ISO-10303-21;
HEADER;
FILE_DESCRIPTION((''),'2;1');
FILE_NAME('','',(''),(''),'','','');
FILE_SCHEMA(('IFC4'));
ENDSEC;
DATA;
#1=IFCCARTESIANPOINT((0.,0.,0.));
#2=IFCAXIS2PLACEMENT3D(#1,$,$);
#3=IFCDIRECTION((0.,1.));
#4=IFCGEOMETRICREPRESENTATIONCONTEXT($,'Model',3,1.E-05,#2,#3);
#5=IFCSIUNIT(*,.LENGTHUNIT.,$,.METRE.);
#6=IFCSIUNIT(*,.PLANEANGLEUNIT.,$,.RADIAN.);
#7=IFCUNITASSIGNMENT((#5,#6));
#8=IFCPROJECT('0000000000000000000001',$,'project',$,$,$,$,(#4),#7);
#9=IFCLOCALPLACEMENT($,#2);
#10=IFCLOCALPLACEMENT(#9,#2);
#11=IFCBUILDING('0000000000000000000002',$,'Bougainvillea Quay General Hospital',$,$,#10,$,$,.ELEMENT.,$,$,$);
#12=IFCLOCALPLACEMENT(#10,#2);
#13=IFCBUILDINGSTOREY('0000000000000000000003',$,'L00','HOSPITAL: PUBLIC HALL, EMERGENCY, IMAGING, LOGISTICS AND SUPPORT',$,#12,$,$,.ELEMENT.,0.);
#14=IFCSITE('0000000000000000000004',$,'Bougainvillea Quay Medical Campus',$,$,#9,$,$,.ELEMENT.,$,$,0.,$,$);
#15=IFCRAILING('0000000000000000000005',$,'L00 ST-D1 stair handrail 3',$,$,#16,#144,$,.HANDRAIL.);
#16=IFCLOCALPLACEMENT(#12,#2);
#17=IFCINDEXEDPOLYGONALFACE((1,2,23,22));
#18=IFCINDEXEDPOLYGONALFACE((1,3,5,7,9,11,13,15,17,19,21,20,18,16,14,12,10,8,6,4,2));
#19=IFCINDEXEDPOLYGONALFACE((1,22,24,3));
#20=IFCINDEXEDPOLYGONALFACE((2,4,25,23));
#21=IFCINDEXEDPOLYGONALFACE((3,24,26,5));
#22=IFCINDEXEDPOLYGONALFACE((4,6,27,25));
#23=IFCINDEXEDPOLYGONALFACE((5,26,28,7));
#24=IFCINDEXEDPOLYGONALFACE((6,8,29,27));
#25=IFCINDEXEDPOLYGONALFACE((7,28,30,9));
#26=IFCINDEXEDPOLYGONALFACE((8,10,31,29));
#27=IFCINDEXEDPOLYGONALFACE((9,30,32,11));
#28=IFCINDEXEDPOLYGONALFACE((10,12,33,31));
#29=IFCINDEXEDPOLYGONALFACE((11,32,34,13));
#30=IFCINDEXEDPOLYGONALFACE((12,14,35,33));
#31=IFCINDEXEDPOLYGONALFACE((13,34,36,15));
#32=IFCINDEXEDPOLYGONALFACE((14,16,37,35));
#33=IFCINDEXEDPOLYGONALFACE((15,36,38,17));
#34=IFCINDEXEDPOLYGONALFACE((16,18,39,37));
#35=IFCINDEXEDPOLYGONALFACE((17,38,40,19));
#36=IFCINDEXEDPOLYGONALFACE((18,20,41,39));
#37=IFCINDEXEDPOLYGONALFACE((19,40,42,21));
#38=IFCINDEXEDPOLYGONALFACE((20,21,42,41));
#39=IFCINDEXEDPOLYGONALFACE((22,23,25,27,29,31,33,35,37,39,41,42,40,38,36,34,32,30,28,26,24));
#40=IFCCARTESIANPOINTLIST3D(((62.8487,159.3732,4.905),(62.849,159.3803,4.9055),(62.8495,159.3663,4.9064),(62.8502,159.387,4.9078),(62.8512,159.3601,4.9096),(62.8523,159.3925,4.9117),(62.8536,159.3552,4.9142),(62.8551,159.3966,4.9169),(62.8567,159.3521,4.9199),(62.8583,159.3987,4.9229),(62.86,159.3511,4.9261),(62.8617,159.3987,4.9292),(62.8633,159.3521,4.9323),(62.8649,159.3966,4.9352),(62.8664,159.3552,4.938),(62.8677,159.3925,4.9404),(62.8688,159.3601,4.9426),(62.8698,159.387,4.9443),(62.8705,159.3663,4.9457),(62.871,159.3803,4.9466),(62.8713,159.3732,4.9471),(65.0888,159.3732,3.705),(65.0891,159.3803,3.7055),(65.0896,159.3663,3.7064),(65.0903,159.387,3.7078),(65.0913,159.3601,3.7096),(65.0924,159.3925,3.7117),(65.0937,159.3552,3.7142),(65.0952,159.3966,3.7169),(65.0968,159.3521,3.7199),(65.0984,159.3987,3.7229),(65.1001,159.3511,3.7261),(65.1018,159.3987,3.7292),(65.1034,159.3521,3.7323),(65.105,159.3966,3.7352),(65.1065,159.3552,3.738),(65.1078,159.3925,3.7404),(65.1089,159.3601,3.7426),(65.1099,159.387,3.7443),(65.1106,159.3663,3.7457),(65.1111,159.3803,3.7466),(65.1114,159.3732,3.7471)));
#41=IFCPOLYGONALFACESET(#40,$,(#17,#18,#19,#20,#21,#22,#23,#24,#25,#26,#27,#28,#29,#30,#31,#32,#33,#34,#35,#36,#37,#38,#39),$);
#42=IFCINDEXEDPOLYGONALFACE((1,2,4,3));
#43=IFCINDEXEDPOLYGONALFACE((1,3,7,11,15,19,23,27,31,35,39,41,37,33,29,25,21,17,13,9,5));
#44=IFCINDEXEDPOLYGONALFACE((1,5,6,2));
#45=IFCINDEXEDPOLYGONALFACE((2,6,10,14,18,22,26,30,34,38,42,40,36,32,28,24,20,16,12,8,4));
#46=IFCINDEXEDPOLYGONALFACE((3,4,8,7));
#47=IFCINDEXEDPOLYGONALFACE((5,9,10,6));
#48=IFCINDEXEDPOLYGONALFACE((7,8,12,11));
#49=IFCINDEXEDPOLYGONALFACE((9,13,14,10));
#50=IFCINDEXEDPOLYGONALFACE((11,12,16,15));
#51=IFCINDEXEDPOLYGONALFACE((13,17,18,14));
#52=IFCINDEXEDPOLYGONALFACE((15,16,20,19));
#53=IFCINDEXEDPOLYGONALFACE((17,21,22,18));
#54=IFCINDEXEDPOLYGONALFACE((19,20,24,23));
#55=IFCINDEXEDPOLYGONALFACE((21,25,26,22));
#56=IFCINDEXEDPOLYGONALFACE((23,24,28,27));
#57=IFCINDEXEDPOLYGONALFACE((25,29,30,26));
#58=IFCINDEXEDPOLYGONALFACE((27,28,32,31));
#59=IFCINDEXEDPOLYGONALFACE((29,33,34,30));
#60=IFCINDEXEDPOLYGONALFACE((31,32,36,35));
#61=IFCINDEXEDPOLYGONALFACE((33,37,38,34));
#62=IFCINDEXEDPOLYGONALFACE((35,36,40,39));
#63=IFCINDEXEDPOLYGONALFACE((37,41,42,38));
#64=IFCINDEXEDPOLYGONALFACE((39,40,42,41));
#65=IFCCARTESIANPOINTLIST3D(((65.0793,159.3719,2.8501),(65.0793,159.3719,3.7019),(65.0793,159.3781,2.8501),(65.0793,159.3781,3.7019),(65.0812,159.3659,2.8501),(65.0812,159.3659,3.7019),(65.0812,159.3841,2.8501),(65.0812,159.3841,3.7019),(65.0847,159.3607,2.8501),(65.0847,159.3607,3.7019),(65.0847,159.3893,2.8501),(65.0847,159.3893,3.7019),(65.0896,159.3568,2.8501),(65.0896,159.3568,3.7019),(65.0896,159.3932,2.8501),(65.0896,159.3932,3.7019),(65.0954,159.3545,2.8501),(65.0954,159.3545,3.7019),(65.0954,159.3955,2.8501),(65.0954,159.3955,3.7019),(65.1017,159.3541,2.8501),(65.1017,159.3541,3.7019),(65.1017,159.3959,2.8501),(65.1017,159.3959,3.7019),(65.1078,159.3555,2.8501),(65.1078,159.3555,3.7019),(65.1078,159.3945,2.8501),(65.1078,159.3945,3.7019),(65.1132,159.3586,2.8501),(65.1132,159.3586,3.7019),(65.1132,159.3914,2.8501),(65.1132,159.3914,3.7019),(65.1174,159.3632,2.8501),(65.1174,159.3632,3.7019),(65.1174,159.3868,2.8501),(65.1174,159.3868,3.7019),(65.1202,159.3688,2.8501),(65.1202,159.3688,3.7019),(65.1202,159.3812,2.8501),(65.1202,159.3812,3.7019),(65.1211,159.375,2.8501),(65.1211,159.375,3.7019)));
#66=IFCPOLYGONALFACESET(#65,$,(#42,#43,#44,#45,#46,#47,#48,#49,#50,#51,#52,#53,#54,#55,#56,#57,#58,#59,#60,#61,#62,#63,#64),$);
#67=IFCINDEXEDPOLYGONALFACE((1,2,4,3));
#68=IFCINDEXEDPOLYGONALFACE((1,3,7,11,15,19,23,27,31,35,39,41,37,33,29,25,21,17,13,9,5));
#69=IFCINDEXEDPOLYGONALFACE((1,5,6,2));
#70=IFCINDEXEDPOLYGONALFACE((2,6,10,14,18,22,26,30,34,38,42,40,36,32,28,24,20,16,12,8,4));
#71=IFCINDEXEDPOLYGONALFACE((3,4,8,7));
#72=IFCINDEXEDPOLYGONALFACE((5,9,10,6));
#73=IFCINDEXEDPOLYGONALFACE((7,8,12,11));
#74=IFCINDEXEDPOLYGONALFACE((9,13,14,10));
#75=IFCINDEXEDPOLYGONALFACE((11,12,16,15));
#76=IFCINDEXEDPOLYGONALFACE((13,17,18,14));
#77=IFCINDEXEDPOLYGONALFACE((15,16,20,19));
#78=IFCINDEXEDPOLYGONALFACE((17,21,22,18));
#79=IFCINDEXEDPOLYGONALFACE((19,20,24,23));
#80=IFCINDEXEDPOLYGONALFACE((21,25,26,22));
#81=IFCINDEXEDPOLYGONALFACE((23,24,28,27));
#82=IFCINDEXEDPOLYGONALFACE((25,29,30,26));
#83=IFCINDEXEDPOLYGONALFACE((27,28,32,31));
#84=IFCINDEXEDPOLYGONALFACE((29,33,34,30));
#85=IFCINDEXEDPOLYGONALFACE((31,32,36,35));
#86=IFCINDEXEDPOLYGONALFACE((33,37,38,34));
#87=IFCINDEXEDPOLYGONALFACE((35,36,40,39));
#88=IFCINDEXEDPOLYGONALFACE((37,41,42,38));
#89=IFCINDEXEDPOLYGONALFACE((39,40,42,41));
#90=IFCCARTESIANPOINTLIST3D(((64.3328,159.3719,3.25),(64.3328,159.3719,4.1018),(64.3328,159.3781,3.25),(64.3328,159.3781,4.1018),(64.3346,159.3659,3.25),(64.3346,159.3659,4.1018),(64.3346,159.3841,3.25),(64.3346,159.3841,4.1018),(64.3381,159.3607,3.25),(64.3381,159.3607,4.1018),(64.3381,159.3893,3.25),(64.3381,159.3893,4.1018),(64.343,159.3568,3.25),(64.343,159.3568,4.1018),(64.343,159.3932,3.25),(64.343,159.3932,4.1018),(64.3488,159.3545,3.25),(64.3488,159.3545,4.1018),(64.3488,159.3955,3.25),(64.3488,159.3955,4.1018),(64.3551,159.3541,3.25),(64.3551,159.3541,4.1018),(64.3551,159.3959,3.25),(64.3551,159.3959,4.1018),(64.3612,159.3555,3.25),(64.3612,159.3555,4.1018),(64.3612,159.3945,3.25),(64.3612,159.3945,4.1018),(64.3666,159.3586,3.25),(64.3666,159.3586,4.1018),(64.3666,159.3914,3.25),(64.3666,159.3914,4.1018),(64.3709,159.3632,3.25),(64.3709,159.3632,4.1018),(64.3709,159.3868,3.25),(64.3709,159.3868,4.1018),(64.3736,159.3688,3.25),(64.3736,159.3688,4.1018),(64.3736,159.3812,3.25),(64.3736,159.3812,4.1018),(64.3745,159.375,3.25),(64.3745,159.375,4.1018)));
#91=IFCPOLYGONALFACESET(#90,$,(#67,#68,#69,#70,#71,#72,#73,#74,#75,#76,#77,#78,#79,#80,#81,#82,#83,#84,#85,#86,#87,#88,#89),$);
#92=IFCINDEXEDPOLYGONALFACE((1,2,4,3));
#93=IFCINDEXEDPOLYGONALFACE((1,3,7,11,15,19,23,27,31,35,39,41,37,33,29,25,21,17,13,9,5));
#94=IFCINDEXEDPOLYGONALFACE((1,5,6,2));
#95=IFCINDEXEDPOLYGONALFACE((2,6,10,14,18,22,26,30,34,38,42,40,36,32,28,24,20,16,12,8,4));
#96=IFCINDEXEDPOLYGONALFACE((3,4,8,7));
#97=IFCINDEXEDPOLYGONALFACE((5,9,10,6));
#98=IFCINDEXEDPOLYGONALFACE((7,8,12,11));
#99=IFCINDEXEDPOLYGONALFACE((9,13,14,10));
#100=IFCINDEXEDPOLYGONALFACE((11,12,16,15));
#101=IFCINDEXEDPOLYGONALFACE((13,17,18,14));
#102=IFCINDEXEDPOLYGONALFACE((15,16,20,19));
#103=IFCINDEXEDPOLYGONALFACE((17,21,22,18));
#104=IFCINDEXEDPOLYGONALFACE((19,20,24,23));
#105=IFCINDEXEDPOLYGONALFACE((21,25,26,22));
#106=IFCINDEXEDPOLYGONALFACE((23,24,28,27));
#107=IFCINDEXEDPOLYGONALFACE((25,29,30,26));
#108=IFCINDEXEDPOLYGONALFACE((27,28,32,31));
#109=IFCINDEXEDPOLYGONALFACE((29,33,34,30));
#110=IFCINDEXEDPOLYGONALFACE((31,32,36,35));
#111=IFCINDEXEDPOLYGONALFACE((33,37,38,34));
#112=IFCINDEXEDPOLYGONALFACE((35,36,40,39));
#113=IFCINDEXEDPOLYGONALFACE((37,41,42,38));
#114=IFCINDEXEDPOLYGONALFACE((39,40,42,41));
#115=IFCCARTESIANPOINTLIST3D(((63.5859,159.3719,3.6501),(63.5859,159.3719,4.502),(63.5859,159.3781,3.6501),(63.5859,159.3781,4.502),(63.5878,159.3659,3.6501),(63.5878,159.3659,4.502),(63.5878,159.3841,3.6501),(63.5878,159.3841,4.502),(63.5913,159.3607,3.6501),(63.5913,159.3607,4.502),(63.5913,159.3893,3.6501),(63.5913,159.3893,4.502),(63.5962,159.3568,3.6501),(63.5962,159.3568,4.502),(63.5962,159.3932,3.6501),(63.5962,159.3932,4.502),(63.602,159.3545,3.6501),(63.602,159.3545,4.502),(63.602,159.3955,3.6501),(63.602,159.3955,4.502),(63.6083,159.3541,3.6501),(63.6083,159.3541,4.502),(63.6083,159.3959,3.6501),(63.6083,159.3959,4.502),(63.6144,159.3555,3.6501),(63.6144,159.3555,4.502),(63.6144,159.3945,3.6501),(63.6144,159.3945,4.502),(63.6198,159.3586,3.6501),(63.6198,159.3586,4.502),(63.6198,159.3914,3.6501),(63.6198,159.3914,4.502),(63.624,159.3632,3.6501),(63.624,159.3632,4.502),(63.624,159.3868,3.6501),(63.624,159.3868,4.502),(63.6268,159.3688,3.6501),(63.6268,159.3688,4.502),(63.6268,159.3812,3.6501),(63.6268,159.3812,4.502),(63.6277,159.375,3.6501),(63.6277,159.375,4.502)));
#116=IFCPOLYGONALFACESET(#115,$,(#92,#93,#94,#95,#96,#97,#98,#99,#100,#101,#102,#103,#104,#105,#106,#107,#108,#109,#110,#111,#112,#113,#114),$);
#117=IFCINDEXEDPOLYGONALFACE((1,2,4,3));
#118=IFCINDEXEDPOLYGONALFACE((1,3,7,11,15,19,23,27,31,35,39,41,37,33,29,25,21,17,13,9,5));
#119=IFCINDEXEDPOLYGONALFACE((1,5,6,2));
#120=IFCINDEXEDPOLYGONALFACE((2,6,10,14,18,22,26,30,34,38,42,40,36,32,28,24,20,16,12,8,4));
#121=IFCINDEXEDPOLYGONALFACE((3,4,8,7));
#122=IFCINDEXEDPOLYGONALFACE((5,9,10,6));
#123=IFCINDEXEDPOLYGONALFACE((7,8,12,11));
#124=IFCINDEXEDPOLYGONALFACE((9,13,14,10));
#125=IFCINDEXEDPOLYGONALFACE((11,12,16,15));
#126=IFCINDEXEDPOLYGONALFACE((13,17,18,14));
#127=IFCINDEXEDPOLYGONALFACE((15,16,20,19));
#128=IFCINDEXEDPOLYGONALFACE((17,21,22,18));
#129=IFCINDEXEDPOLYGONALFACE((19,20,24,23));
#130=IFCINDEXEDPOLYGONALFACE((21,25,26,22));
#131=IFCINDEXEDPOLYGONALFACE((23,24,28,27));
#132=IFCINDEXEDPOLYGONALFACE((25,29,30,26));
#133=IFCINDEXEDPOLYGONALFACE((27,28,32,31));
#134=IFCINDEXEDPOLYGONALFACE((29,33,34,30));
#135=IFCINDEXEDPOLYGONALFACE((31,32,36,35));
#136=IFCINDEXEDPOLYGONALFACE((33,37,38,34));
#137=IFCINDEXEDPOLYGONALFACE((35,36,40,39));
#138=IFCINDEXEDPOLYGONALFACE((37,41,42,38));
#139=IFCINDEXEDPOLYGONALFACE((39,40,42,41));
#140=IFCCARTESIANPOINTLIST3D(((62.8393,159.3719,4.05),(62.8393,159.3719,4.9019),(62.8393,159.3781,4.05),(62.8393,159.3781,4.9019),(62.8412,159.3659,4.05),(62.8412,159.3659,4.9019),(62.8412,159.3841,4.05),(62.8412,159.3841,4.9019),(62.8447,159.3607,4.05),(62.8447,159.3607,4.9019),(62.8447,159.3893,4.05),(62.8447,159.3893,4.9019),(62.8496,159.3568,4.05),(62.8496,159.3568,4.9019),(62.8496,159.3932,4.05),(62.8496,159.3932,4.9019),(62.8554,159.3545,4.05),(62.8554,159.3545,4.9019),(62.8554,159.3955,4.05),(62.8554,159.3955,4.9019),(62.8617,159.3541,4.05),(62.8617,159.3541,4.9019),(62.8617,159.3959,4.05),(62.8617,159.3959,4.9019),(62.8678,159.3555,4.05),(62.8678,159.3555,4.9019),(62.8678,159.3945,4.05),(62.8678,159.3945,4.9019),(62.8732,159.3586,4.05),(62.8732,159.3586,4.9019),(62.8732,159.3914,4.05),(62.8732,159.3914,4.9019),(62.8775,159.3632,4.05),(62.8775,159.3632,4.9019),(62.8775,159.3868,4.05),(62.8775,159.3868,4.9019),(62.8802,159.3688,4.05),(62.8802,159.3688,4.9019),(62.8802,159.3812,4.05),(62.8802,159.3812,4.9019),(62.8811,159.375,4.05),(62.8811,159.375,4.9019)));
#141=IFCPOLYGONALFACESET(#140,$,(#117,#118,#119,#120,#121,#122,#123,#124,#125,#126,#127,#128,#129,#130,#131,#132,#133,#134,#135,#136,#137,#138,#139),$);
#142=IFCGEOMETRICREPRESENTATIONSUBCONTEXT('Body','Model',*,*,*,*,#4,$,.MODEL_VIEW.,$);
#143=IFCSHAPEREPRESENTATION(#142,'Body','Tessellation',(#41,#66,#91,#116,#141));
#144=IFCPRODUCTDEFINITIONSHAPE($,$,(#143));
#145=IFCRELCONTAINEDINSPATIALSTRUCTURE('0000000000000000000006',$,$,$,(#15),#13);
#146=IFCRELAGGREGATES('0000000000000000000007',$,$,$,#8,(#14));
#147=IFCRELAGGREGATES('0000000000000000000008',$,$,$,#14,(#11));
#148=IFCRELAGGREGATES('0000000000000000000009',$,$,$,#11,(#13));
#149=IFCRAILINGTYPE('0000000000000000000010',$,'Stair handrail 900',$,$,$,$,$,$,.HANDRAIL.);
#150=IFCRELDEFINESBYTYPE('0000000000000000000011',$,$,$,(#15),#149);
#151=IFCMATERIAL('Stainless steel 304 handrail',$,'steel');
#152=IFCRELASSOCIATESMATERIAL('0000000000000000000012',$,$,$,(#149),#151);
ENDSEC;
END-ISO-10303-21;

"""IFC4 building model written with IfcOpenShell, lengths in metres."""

from ifc_helpers import new_model, si_unit, direction, frame, origin, origin_2d, place, context, subcontext, project, spatial, circle, extrude, material, type_object, element, save


model = new_model("IFC4")

# Units and contexts
model_context = context("Model", 3, precision=1e-05, world=origin(), true_north=direction((0.0, 1.0)))
body_context = subcontext(model_context, "Body", "Model", "MODEL_VIEW")
ifc_project = project(units=[si_unit("LENGTHUNIT", "METRE"), si_unit("PLANEANGLEUNIT", "RADIAN")], contexts=[model_context])

# Site, building, storey
site_placement = place(None, origin())
site = spatial("IfcSite", under=ifc_project, at=site_placement, Name="Bougainvillea Quay Medical Campus", CompositionType="ELEMENT", RefElevation=0.0)
building_placement = place(site_placement, origin())
building = spatial("IfcBuilding", under=site, at=building_placement, Name="Bougainvillea Quay General Hospital", CompositionType="ELEMENT")
storey_placement = place(building_placement, origin())
storey = spatial("IfcBuildingStorey", under=building, at=storey_placement, Name="L00", Description="HOSPITAL: PUBLIC HALL, EMERGENCY, IMAGING, LOGISTICS AND SUPPORT", CompositionType="ELEMENT", Elevation=0.0)

# Railing
ifc_material_1 = material(Name="Stainless steel 304 handrail", Category="steel")
railing_type_1 = type_object("IfcRailingType", Name="Stair handrail 900", PredefinedType="HANDRAIL", material=ifc_material_1)
railing_1_placement = place(storey_placement, frame((65.1001, 159.375, 2.8501)))
element("IfcRailing", 1, at=railing_1_placement, inside=storey, type_object=railing_type_1, Name="L00 ST-D1 stair handrail 3", PredefinedType="HANDRAIL", context=body_context, shape_type="SweptSolid", body=[
    extrude(circle(Radius=0.0239, at=origin_2d()), frame((0.0, 0.0, 0.876), z_axis=(-0.881487, 0.0, 0.472208), x_axis=(0.0, -1.0, 0.0)), (0.0, 0.0, 1.0), 2.5413),
    extrude(circle(Radius=0.021, at=origin_2d()), origin(), (0.0, 0.0, 1.0), 0.8518),
    extrude(circle(Radius=0.021, at=origin_2d()), frame((-0.7466, 0.0, 0.3999)), (0.0, 0.0, 1.0), 0.8518),
    extrude(circle(Radius=0.021, at=origin_2d()), frame((-1.4934, 0.0, 0.8)), (0.0, 0.0, 1.0), 0.8518),
    extrude(circle(Radius=0.021, at=origin_2d()), frame((-2.24, 0.0, 1.2)), (0.0, 0.0, 1.0), 0.8518),
])

save(model, "model.ifc")
